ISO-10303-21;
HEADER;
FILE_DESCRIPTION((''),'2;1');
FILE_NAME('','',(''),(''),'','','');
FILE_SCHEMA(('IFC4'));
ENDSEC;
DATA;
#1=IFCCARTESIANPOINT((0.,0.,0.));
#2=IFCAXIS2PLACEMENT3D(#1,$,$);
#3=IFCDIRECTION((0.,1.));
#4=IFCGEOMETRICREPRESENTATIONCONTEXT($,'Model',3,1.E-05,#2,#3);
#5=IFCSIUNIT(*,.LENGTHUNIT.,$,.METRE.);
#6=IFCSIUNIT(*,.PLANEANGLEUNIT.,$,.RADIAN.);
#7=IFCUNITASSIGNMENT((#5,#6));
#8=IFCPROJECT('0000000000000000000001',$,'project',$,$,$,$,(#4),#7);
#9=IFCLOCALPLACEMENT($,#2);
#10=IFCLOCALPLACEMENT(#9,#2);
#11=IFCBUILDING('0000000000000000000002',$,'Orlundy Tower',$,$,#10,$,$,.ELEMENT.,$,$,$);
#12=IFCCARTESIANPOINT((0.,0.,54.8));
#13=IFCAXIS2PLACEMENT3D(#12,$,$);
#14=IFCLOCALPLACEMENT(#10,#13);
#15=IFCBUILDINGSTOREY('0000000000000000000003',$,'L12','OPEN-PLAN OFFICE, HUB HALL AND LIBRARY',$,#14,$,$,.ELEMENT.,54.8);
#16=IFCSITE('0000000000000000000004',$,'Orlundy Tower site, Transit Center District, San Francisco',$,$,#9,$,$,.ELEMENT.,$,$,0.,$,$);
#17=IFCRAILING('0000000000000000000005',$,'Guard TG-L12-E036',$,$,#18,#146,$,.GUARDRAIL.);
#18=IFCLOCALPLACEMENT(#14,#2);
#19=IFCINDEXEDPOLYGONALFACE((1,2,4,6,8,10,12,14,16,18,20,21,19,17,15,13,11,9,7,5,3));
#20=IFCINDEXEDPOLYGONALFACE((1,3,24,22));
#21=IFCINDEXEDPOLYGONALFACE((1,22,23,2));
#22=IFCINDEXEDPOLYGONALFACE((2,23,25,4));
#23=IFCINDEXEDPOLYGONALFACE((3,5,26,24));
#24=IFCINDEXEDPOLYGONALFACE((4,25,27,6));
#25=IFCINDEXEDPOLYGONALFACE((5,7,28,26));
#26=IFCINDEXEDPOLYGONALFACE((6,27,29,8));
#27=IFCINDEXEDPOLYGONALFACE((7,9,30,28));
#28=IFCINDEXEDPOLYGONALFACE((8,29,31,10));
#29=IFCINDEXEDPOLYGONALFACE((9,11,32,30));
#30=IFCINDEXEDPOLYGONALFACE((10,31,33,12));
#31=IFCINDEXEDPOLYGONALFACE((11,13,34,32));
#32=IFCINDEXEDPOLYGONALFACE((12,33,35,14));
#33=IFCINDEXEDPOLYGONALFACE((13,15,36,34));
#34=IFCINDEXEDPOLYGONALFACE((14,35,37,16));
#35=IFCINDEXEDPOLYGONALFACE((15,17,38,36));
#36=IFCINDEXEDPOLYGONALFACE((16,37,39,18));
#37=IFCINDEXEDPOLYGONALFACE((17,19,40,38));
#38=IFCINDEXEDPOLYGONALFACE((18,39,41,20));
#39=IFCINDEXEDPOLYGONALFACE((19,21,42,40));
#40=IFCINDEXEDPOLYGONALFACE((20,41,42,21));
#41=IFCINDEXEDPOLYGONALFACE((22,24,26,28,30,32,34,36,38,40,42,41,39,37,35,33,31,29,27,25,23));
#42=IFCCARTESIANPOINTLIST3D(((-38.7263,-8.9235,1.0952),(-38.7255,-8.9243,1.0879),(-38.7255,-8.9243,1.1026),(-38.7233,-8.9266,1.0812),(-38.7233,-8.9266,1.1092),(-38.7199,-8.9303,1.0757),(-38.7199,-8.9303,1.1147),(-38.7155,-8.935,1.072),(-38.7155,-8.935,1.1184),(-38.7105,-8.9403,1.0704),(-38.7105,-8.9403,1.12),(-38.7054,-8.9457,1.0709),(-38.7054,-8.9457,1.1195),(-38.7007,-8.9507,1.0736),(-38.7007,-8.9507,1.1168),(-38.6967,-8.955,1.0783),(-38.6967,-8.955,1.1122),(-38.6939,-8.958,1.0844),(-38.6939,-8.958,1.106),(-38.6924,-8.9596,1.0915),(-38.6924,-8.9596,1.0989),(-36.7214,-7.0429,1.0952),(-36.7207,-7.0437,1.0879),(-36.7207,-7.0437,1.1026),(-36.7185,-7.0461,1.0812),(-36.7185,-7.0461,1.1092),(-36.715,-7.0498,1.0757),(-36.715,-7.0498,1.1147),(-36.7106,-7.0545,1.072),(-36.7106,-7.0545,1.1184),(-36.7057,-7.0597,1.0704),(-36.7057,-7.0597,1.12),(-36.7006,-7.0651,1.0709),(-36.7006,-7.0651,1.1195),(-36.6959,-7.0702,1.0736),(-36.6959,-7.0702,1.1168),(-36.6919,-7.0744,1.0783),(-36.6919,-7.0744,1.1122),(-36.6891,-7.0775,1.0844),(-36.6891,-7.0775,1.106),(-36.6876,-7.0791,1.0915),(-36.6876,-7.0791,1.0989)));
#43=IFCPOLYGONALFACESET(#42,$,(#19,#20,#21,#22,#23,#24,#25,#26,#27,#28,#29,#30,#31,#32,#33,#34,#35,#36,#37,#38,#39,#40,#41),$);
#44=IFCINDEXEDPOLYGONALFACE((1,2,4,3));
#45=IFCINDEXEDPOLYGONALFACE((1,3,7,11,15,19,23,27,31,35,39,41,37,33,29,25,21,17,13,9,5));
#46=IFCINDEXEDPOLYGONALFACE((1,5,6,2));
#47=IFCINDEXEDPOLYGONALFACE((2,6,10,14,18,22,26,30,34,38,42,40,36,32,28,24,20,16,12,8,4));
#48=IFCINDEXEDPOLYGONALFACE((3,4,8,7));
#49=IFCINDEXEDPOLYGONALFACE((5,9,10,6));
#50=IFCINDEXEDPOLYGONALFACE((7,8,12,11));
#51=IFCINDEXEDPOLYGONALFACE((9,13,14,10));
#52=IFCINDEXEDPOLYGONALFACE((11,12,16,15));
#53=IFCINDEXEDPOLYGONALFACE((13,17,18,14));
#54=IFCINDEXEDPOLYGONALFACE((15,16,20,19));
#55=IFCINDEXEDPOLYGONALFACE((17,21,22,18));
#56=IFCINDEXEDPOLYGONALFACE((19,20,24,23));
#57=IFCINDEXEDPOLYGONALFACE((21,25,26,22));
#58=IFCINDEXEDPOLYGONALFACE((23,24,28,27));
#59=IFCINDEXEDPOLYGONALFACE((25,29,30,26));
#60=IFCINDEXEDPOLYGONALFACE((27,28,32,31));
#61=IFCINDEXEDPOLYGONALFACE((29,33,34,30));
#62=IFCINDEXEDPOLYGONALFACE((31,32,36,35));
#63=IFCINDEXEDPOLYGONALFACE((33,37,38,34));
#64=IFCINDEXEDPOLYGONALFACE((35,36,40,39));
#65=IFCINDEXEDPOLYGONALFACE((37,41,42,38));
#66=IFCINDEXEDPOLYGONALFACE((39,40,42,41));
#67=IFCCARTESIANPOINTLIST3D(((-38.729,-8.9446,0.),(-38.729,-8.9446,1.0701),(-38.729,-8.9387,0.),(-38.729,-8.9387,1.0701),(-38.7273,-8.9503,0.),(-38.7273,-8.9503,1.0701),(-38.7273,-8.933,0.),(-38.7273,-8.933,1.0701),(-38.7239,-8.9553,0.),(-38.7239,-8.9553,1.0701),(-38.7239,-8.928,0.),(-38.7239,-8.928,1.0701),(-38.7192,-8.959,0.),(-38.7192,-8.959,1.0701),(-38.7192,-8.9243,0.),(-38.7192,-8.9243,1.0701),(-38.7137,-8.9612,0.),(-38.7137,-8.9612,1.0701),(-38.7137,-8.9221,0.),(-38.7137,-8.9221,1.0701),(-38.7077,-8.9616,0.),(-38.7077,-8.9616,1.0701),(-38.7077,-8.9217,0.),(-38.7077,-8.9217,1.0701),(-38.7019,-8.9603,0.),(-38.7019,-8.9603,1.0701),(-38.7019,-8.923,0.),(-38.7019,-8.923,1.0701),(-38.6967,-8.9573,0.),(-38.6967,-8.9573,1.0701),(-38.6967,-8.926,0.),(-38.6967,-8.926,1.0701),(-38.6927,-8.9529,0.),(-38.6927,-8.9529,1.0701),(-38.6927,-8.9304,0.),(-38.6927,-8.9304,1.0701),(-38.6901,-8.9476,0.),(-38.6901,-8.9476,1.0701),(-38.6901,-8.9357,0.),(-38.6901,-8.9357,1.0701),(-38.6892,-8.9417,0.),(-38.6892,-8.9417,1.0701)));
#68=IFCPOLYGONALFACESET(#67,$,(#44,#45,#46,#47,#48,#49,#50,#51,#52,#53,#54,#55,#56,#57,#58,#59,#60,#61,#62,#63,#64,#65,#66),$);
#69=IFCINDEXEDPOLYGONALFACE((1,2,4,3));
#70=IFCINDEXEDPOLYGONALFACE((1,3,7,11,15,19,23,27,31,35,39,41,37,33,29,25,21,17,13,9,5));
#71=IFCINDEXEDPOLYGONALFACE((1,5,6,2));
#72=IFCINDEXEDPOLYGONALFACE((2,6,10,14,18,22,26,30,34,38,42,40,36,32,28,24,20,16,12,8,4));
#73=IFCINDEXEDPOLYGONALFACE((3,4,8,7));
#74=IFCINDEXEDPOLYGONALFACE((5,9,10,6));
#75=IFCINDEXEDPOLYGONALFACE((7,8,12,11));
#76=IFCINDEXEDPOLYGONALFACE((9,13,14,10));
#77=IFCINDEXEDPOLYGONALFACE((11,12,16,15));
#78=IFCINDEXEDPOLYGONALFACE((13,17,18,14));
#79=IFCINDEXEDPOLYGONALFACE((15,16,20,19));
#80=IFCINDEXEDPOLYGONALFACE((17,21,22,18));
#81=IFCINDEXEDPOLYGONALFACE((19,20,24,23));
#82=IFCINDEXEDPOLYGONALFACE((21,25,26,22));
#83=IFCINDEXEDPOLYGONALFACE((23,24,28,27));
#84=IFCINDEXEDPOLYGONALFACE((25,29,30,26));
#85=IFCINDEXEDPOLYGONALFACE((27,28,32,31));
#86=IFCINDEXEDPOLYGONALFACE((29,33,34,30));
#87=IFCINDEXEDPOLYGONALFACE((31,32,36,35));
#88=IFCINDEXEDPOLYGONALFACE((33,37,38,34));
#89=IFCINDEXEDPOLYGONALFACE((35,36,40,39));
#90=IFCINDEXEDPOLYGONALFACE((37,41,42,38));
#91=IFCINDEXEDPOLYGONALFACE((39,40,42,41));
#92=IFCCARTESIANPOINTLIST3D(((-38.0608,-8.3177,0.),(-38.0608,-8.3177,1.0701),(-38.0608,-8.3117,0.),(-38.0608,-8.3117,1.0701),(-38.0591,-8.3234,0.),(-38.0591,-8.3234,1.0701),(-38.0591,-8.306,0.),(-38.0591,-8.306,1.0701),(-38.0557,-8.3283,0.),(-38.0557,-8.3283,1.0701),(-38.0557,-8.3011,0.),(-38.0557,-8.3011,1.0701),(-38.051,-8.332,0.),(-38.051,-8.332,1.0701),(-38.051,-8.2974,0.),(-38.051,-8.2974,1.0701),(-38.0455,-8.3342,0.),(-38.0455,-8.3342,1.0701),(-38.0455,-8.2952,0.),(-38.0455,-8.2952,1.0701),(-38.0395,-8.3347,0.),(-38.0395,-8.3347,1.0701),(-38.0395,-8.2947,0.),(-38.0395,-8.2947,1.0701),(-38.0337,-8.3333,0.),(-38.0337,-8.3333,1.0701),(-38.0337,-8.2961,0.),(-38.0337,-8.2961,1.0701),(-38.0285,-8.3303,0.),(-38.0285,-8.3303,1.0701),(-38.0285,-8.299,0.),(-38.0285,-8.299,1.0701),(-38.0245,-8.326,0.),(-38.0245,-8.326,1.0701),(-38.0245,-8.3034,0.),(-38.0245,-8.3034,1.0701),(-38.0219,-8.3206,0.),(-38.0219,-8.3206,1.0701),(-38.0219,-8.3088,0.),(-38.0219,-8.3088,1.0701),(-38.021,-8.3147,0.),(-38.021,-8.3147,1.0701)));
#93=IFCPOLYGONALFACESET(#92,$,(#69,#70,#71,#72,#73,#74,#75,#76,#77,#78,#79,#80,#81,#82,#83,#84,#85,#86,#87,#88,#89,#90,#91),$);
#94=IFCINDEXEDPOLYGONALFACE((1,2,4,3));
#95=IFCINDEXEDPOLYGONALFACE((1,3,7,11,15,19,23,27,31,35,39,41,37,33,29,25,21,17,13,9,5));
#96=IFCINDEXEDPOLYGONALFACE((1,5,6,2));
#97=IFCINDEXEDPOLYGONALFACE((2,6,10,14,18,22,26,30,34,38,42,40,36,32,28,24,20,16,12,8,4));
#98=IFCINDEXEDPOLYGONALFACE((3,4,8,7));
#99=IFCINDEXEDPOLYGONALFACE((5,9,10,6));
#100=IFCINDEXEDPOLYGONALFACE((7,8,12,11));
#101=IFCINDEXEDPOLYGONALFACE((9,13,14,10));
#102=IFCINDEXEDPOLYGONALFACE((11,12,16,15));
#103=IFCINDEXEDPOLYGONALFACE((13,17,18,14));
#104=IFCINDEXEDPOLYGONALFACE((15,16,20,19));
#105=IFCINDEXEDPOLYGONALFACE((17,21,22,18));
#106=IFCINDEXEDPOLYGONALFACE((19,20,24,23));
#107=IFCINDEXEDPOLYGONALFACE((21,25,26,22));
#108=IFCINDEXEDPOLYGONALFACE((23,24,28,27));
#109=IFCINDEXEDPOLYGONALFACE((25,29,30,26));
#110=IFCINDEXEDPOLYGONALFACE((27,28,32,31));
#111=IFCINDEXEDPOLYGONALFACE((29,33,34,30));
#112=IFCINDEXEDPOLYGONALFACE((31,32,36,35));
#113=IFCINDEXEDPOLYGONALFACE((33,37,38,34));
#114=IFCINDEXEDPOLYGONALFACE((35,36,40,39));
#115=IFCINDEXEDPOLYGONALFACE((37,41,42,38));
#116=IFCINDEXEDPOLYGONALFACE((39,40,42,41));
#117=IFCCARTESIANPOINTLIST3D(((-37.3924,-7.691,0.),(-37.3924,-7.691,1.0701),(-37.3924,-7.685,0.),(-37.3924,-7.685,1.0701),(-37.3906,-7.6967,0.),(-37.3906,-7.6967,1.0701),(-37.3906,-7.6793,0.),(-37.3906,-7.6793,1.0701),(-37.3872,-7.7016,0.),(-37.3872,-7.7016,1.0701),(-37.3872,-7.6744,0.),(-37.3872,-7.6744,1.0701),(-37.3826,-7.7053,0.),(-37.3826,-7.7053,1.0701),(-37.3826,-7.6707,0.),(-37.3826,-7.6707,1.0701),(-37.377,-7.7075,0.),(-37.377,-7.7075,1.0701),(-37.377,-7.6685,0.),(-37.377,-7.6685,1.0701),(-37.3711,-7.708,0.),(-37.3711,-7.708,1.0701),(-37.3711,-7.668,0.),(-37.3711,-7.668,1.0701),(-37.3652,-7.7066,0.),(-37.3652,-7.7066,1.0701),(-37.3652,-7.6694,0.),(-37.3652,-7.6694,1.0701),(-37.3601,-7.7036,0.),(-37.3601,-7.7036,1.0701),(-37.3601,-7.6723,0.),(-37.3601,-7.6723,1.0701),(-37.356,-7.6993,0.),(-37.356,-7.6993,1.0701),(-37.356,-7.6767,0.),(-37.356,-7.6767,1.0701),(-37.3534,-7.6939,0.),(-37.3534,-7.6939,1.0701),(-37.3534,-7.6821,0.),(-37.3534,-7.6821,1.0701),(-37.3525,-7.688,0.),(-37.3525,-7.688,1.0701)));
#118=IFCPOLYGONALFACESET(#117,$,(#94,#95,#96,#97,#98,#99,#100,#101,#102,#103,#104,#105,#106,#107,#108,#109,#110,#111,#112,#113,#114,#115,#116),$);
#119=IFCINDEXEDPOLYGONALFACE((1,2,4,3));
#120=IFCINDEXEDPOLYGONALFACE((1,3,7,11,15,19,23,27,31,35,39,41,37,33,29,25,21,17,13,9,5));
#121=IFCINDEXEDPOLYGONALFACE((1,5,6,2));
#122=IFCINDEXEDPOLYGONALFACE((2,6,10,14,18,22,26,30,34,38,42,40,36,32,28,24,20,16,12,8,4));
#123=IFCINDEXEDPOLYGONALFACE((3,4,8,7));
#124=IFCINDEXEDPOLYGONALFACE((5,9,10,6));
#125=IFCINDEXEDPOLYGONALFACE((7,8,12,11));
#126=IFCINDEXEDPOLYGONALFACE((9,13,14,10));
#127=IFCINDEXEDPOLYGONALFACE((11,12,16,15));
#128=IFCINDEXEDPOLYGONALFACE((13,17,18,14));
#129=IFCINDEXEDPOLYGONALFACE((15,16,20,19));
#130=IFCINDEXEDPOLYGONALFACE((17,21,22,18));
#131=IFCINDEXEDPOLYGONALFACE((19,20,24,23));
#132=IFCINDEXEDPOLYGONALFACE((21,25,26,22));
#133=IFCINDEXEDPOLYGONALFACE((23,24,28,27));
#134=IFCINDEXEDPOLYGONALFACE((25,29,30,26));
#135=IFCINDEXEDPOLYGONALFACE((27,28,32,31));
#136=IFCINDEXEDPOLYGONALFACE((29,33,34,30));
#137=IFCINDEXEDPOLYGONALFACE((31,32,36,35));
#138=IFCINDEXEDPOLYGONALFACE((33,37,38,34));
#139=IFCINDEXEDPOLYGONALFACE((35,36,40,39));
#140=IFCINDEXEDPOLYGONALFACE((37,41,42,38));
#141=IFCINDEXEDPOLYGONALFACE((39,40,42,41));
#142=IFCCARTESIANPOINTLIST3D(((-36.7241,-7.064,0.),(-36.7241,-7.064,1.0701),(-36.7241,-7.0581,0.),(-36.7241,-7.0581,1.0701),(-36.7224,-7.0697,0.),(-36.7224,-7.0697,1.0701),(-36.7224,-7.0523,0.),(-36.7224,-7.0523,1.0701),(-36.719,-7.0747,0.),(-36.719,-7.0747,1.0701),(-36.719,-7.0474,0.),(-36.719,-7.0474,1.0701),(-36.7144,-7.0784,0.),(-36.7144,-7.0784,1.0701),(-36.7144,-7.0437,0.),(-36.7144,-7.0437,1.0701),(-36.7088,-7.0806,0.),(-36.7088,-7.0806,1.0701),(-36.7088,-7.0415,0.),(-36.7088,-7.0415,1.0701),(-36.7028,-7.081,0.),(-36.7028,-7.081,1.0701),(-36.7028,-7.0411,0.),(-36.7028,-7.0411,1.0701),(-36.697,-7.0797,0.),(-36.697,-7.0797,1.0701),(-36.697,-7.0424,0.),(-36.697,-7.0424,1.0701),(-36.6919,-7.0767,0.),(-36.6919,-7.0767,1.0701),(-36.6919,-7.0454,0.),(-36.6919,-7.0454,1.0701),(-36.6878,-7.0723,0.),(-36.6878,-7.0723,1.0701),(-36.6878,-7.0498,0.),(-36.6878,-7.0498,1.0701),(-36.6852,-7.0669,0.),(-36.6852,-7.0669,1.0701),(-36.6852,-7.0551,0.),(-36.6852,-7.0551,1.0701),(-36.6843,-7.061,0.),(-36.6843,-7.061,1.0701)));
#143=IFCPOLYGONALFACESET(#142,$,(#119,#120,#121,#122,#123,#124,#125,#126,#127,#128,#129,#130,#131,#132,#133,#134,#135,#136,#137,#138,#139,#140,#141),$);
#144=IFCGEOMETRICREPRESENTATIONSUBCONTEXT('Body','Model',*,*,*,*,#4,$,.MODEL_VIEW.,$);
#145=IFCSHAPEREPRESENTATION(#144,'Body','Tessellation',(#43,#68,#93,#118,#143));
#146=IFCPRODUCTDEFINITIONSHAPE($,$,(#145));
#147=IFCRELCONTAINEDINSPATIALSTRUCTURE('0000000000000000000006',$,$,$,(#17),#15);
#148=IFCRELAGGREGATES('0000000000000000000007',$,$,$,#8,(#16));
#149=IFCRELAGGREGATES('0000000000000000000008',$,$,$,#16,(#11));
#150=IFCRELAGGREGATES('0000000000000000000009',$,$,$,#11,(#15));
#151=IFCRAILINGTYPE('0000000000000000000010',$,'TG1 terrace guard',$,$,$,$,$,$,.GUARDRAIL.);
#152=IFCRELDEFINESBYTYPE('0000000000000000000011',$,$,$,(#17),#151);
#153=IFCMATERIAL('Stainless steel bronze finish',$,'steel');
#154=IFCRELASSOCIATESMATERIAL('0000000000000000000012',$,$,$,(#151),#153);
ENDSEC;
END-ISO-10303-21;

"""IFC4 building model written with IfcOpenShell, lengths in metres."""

from ifc_helpers import new_model, si_unit, direction, frame, origin, origin_2d, place, context, subcontext, project, spatial, circle, extrude, material, type_object, element, save


model = new_model("IFC4")

# Units and contexts
model_context = context("Model", 3, precision=1e-05, world=origin(), true_north=direction((0.0, 1.0)))
body_context = subcontext(model_context, "Body", "Model", "MODEL_VIEW")
ifc_project = project(units=[si_unit("LENGTHUNIT", "METRE"), si_unit("PLANEANGLEUNIT", "RADIAN")], contexts=[model_context])

# Site, building, storey
site_placement = place(None, origin())
site = spatial("IfcSite", under=ifc_project, at=site_placement, Name="Orlundy Tower site, Transit Center District, San Francisco", CompositionType="ELEMENT", RefElevation=0.0)
building_placement = place(site_placement, origin())
building = spatial("IfcBuilding", under=site, at=building_placement, Name="Orlundy Tower", CompositionType="ELEMENT")
storey_placement = place(building_placement, frame((0.0, 0.0, 54.8)))
storey = spatial("IfcBuildingStorey", under=building, at=storey_placement, Name="L12", Description="OPEN-PLAN OFFICE, HUB HALL AND LIBRARY", CompositionType="ELEMENT", Elevation=54.8)

# Railing
ifc_material_1 = material(Name="Stainless steel bronze finish", Category="steel")
railing_type = type_object("IfcRailingType", Name="TG1 terrace guard", PredefinedType="GUARDRAIL", material=ifc_material_1)
railing_1_placement = place(storey_placement, frame((-38.7092, -8.9417, 0.0)))
element("IfcRailing", 1, at=railing_1_placement, inside=storey, type_object=railing_type, Name="Guard TG-L12-E036", PredefinedType="GUARDRAIL", context=body_context, shape_type="SweptSolid", body=[
    extrude(circle(Radius=0.0249, at=origin_2d()), frame((0.0, 0.0, 1.0952), z_axis=(0.729349, 0.684142, 0.0), x_axis=(-0.684142, 0.729349, 0.0)), (0.0, 0.0, 1.0), 2.7488),
    extrude(circle(Radius=0.02, at=origin_2d()), origin(), (0.0, 0.0, 1.0), 1.0701),
    extrude(circle(Radius=0.02, at=origin_2d()), frame((0.6682, 0.627, 0.0)), (0.0, 0.0, 1.0), 1.0701),
    extrude(circle(Radius=0.02, at=origin_2d()), frame((1.3367, 1.2537, 0.0)), (0.0, 0.0, 1.0), 1.0701),
    extrude(circle(Radius=0.02, at=origin_2d()), frame((2.0049, 1.8806, 0.0)), (0.0, 0.0, 1.0), 1.0701),
])

save(model, "model.ifc")
